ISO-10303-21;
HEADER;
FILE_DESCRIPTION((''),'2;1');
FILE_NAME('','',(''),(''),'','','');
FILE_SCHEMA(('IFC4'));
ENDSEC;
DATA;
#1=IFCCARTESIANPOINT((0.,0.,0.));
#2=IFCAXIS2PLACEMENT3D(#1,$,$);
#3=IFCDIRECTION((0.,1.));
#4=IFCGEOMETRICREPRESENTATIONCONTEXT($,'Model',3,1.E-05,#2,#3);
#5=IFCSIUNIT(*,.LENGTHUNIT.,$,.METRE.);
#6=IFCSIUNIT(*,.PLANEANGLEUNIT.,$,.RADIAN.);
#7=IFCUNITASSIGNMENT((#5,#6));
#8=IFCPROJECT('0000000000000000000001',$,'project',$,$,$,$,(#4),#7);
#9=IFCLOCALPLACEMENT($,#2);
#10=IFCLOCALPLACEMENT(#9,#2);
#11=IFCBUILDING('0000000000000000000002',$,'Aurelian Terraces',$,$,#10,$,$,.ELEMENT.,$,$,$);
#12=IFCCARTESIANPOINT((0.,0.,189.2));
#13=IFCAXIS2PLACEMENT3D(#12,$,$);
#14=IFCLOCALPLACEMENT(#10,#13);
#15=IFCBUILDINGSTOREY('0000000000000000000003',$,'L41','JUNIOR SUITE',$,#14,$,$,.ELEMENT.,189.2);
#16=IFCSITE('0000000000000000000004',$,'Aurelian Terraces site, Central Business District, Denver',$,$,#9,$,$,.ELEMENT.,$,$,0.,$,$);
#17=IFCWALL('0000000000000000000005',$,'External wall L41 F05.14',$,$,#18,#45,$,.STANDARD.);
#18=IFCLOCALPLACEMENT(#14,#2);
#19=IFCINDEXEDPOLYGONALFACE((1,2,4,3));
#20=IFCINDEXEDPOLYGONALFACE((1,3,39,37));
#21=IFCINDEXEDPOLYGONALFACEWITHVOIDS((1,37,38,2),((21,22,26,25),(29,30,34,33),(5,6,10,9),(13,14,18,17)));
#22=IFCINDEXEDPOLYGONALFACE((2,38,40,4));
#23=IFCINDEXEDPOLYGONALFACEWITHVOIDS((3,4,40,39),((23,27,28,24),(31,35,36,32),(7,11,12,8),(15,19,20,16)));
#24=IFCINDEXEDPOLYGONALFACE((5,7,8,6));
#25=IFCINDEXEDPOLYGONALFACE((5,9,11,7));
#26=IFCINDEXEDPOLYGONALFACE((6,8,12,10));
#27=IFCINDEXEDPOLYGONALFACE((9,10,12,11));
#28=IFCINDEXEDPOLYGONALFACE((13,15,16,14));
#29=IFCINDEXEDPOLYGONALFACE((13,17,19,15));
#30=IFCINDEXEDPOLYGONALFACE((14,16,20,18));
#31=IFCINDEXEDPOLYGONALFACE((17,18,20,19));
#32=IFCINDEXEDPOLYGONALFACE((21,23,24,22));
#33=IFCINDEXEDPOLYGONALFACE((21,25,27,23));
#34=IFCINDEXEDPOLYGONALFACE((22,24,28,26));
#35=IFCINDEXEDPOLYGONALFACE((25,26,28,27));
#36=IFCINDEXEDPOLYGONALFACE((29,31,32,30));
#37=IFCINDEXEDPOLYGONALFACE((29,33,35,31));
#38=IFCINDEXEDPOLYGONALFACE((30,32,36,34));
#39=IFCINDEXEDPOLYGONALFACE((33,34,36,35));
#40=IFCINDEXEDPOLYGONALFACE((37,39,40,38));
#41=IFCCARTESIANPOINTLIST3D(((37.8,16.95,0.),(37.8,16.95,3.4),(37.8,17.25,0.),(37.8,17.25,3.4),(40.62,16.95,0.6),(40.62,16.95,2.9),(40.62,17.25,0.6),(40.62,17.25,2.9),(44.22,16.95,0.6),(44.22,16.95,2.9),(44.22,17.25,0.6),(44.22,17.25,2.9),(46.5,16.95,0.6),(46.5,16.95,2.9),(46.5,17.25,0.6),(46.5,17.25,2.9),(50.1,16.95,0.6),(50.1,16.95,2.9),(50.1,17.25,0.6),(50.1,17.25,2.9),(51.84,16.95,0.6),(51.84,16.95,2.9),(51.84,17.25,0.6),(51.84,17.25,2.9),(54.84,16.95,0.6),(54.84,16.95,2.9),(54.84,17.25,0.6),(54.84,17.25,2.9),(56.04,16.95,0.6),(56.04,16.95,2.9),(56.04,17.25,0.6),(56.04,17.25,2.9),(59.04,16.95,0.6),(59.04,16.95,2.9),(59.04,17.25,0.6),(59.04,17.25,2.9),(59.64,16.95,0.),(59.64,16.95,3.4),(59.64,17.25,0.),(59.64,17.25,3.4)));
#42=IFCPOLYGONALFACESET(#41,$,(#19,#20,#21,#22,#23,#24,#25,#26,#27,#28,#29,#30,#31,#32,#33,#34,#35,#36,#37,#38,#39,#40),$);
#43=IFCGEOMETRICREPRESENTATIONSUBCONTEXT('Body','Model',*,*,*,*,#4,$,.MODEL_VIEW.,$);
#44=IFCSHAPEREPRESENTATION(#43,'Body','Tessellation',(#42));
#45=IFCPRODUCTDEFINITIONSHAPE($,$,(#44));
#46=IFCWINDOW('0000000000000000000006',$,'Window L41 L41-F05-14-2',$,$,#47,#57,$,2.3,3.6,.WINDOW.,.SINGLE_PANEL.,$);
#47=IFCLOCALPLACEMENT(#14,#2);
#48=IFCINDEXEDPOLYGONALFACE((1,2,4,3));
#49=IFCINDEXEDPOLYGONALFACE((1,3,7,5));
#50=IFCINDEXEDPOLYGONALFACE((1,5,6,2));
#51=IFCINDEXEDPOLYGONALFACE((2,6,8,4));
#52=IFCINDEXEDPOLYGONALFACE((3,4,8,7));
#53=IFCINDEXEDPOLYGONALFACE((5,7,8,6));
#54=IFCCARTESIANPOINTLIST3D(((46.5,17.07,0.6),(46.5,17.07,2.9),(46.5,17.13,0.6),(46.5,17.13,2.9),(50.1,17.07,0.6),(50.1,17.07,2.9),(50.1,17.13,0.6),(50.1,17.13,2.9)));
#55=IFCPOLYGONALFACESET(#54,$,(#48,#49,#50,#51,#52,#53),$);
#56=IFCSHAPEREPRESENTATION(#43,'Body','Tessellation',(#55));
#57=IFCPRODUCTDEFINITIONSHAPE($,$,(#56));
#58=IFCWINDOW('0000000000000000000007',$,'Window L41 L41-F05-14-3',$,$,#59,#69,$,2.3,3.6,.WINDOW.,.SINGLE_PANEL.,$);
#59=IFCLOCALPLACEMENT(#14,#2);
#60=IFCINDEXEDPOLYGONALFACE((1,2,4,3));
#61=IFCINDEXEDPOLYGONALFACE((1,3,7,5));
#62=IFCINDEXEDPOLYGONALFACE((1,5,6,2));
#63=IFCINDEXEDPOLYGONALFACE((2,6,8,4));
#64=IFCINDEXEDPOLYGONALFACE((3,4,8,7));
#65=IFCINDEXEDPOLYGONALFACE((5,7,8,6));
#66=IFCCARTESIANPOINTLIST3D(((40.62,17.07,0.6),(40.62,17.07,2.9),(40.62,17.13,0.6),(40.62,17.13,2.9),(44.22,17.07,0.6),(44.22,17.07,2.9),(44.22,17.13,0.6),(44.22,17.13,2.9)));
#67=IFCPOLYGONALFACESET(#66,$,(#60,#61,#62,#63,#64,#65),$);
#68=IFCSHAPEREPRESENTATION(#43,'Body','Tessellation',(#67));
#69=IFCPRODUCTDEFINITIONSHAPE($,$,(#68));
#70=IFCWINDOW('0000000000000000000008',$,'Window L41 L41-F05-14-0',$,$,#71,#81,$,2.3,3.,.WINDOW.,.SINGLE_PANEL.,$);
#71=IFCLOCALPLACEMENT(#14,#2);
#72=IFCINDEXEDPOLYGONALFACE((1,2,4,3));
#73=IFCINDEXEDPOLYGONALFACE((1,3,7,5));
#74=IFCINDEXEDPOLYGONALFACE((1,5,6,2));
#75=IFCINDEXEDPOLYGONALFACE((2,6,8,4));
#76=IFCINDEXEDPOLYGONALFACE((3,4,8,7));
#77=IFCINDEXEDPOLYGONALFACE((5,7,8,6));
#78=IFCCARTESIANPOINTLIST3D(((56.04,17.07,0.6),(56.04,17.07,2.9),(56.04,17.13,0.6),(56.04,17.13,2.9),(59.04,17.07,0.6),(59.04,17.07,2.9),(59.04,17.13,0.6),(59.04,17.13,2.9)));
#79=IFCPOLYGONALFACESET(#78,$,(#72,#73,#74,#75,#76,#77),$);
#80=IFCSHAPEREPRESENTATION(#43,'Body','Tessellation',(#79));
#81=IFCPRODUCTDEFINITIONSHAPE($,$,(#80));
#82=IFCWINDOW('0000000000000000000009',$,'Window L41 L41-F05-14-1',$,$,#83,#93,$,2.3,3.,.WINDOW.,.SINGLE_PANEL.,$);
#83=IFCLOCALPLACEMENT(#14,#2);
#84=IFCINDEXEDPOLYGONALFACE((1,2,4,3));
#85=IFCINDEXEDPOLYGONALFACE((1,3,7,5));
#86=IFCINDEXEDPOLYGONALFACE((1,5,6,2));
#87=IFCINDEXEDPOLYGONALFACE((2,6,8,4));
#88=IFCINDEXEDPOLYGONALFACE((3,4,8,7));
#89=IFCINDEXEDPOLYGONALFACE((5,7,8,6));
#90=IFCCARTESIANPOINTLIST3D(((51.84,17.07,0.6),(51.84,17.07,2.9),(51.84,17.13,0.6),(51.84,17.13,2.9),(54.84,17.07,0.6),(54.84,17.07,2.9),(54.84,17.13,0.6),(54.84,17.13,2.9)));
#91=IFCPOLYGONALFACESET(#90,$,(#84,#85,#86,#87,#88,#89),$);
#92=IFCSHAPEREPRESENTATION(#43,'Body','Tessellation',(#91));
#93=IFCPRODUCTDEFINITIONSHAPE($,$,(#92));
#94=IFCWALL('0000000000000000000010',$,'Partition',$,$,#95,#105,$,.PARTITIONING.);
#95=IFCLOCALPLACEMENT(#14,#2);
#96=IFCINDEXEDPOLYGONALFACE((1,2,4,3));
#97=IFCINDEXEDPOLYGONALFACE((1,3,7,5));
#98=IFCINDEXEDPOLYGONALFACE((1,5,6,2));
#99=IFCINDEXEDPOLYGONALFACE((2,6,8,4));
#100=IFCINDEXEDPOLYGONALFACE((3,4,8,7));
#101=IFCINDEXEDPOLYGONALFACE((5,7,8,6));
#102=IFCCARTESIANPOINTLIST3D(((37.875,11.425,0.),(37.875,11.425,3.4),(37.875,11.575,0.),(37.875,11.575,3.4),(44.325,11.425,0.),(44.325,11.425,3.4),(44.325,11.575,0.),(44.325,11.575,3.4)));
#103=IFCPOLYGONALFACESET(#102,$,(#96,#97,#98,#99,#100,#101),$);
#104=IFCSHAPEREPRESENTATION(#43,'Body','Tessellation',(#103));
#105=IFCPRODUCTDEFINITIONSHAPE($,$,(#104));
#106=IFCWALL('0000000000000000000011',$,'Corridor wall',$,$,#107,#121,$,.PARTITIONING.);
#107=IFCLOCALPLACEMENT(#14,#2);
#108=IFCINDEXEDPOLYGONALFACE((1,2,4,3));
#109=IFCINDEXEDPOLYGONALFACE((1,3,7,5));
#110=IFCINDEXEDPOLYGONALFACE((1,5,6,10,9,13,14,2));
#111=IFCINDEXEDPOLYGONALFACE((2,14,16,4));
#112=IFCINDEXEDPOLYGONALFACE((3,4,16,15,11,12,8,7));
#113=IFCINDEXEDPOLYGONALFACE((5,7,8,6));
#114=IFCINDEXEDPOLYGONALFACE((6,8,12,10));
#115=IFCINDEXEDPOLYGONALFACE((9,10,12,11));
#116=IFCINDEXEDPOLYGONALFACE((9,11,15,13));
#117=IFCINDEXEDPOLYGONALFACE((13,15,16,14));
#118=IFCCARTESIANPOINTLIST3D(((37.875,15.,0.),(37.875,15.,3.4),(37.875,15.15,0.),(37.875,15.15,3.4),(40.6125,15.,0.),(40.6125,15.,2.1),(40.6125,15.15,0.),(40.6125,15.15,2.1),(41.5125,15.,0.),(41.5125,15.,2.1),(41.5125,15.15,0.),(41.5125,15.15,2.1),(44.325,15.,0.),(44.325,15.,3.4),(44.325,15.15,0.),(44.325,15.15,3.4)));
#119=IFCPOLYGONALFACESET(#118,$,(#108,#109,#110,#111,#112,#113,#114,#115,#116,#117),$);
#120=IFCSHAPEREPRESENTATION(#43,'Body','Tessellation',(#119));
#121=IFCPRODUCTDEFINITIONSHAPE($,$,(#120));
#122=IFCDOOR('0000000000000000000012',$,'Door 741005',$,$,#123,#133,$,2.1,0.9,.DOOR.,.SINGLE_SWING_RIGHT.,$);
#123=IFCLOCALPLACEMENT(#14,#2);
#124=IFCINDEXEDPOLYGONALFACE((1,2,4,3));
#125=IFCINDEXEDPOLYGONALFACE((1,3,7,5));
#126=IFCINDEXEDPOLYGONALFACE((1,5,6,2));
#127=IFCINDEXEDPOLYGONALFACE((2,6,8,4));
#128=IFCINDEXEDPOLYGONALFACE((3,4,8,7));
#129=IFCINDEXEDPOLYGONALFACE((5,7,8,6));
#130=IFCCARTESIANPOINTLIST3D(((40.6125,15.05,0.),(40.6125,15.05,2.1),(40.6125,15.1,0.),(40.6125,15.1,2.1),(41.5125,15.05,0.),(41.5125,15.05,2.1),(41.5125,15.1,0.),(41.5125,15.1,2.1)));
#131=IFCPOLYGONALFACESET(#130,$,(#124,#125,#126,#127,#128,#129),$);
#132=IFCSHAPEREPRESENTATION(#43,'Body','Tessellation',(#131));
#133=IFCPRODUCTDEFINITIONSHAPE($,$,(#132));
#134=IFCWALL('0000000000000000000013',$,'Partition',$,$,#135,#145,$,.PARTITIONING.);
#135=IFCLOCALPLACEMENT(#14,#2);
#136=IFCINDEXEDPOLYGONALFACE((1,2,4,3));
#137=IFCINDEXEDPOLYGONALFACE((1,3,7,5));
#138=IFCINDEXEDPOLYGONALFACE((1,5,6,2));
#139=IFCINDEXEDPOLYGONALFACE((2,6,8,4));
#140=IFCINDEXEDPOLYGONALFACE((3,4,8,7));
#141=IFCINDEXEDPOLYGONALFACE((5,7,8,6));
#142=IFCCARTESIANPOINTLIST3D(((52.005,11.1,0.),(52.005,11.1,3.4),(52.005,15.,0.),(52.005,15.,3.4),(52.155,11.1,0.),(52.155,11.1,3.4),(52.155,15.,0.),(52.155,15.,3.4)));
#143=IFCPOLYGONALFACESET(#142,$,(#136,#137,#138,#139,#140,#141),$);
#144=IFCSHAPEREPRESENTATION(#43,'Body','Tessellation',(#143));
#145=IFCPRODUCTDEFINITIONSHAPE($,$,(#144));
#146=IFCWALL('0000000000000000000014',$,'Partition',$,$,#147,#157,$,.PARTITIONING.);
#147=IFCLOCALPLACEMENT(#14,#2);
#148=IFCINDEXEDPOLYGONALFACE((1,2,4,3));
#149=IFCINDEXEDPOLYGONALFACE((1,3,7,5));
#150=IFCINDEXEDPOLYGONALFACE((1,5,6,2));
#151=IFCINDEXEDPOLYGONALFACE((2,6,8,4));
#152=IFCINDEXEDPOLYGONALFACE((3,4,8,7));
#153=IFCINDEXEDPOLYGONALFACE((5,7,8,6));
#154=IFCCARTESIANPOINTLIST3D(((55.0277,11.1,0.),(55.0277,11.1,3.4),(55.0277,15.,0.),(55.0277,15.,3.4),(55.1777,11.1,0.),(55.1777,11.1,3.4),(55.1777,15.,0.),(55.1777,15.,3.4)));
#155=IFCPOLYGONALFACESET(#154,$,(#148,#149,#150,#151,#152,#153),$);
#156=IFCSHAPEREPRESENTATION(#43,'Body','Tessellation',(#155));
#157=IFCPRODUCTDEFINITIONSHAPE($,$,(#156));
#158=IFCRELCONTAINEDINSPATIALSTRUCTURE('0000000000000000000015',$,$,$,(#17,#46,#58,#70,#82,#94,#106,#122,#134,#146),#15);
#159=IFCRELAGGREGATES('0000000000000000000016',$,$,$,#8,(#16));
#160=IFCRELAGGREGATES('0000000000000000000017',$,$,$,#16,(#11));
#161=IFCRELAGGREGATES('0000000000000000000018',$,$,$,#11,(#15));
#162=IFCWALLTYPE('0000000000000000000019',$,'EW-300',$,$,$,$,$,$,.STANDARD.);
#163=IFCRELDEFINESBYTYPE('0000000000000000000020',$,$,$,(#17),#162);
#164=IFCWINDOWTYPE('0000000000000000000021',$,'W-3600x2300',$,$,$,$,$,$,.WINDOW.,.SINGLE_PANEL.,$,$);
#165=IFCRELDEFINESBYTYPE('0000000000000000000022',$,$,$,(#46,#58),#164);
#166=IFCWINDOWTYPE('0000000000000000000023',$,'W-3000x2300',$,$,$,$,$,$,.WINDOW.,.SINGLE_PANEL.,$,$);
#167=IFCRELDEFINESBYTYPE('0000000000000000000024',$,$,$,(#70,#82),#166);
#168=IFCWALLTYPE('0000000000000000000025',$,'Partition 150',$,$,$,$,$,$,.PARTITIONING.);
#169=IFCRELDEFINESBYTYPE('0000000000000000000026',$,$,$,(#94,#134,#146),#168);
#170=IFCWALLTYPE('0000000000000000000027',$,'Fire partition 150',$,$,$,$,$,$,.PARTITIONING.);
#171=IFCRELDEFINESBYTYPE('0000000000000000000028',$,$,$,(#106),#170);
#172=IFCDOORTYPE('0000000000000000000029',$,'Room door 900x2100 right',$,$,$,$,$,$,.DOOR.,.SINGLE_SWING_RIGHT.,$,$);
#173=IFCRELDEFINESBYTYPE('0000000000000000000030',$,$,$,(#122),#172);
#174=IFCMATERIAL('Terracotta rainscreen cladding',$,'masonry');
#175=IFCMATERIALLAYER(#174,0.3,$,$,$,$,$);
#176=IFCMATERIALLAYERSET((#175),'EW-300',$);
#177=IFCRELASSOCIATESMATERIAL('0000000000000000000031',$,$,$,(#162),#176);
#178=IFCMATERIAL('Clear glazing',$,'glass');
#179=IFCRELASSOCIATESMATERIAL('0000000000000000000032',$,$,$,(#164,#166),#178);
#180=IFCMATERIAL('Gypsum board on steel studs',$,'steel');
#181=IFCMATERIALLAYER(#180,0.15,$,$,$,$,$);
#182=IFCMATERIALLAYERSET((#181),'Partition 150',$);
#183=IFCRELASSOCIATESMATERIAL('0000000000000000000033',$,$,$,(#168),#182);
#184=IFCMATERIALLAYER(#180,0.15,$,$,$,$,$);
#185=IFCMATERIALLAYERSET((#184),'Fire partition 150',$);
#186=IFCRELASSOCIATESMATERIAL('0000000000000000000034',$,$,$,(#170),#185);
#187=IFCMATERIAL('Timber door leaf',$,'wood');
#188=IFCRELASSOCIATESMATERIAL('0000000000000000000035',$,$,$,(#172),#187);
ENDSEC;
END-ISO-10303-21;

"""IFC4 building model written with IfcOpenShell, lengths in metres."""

from ifc_helpers import new_model, si_unit, direction, frame, frame_2d, origin, place, context, subcontext, project, spatial, rectangle, extrude, source, transform, mapped, material, layer, layer_set, type_object, element, fill, save


model = new_model("IFC4")

# Units and contexts
model_context = context("Model", 3, precision=1e-05, world=origin(), true_north=direction((0.0, 1.0)))
body_context = subcontext(model_context, "Body", "Model", "MODEL_VIEW")
ifc_project = project(units=[si_unit("LENGTHUNIT", "METRE"), si_unit("PLANEANGLEUNIT", "RADIAN")], contexts=[model_context])

# Site, building, storey
site_placement = place(None, origin())
site = spatial("IfcSite", under=ifc_project, at=site_placement, Name="Aurelian Terraces site, Central Business District, Denver", CompositionType="ELEMENT", RefElevation=0.0)
building_placement = place(site_placement, origin())
building = spatial("IfcBuilding", under=site, at=building_placement, Name="Aurelian Terraces", CompositionType="ELEMENT")
storey_placement = place(building_placement, frame((0.0, 0.0, 189.2)))
storey = spatial("IfcBuildingStorey", under=building, at=storey_placement, Name="L41", Description="JUNIOR SUITE", CompositionType="ELEMENT", Elevation=189.2)

# Shared definitions
ifc_material_1 = material(Name="Terracotta rainscreen cladding", Category="masonry")
ifc_layer_1 = layer(ifc_material_1, 0.3)
ifc_layer_set_1 = layer_set([ifc_layer_1], Name="EW-300")
wall_type_1 = type_object("IfcWallType", Name="EW-300", PredefinedType="STANDARD", material=ifc_layer_set_1)
ifc_material_2 = material(Name="Clear glazing", Category="glass")

# Wall, openings, windows
shared_shape_1 = source(origin(), body_context, "Body", "SweptSolid", [
    extrude(rectangle(XDim=21.84, YDim=0.3, at=frame_2d((10.92, 0.0))), origin(), (0.0, 0.0, 1.0), 3.4),
])
wall_1_placement = place(storey_placement, frame((59.64, 17.1, 0.0), z_axis=(0.0, 0.0, 1.0), x_axis=(-1.0, 0.0, 0.0)))
wall_1 = element("IfcWall", 1, at=wall_1_placement, inside=storey, type_object=wall_type_1, Name="External wall L41 F05.14", PredefinedType="STANDARD", context=body_context, shape_type="MappedRepresentation", body=[
    mapped(shared_shape_1, transform((0.0, 0.0, 0.0), scale=1.0)),
])
shared_shape_2 = source(origin(), body_context, "Body", "SweptSolid", [
    extrude(rectangle(XDim=3.0, YDim=2.3, at=frame_2d((1.5, 1.15))), frame((0.0, 0.16, 0.0), z_axis=(0.0, -1.0, 0.0), x_axis=(1.0, 0.0, 0.0)), (0.0, 0.0, 1.0), 0.32),
])
opening_1_placement = place(wall_1_placement, frame((0.6, 0.0, 0.6)))
opening_1 = element("IfcOpeningElement", 2, at=opening_1_placement, cuts=wall_1, PredefinedType="OPENING", context=body_context, shape_type="MappedRepresentation", body=[
    mapped(shared_shape_2, transform((0.0, 0.0, 0.0), scale=1.0)),
])
opening_2_placement = place(wall_1_placement, frame((4.8, 0.0, 0.6)))
opening_2 = element("IfcOpeningElement", 3, at=opening_2_placement, cuts=wall_1, PredefinedType="OPENING", context=body_context, shape_type="MappedRepresentation", body=[
    mapped(shared_shape_2, transform((0.0, 0.0, 0.0), scale=1.0)),
])
shared_shape_3 = source(origin(), body_context, "Body", "SweptSolid", [
    extrude(rectangle(XDim=3.6, YDim=2.3, at=frame_2d((1.8, 1.15))), frame((0.0, 0.16, 0.0), z_axis=(0.0, -1.0, 0.0), x_axis=(1.0, 0.0, 0.0)), (0.0, 0.0, 1.0), 0.32),
])
opening_3_placement = place(wall_1_placement, frame((9.54, 0.0, 0.6)))
opening_3 = element("IfcOpeningElement", 4, at=opening_3_placement, cuts=wall_1, PredefinedType="OPENING", context=body_context, shape_type="MappedRepresentation", body=[
    mapped(shared_shape_3, transform((0.0, 0.0, 0.0), scale=1.0)),
])
opening_4_placement = place(wall_1_placement, frame((15.42, 0.0, 0.6)))
opening_4 = element("IfcOpeningElement", 5, at=opening_4_placement, cuts=wall_1, PredefinedType="OPENING", context=body_context, shape_type="MappedRepresentation", body=[
    mapped(shared_shape_3, transform((0.0, 0.0, 0.0), scale=1.0)),
])
window_type_1 = type_object("IfcWindowType", Name="W-3600x2300", PartitioningType="SINGLE_PANEL", PredefinedType="WINDOW", material=ifc_material_2)
shared_shape_4 = source(origin(), body_context, "Body", "SweptSolid", [
    extrude(rectangle(XDim=3.6, YDim=2.3, at=frame_2d((1.8, 1.15))), frame((0.0, 0.03, 0.0), z_axis=(0.0, -1.0, 0.0), x_axis=(1.0, 0.0, 0.0)), (0.0, 0.0, 1.0), 0.06),
])
window_1_placement = place(opening_3_placement, origin())
window_1 = element("IfcWindow", 6, at=window_1_placement, inside=storey, type_object=window_type_1, Name="Window L41 L41-F05-14-2", OverallHeight=2.3, OverallWidth=3.6, PartitioningType="SINGLE_PANEL", PredefinedType="WINDOW", context=body_context, shape_type="MappedRepresentation", body=[
    mapped(shared_shape_4, transform((0.0, 0.0, 0.0), scale=1.0)),
])
fill(opening_3, window_1)
window_2_placement = place(opening_4_placement, origin())
window_2 = element("IfcWindow", 7, at=window_2_placement, inside=storey, type_object=window_type_1, Name="Window L41 L41-F05-14-3", OverallHeight=2.3, OverallWidth=3.6, PartitioningType="SINGLE_PANEL", PredefinedType="WINDOW", context=body_context, shape_type="MappedRepresentation", body=[
    mapped(shared_shape_4, transform((0.0, 0.0, 0.0), scale=1.0)),
])
fill(opening_4, window_2)
window_type_2 = type_object("IfcWindowType", Name="W-3000x2300", PartitioningType="SINGLE_PANEL", PredefinedType="WINDOW", material=ifc_material_2)
shared_shape_5 = source(origin(), body_context, "Body", "SweptSolid", [
    extrude(rectangle(XDim=3.0, YDim=2.3, at=frame_2d((1.5, 1.15))), frame((0.0, 0.03, 0.0), z_axis=(0.0, -1.0, 0.0), x_axis=(1.0, 0.0, 0.0)), (0.0, 0.0, 1.0), 0.06),
])
window_3_placement = place(opening_1_placement, origin())
window_3 = element("IfcWindow", 8, at=window_3_placement, inside=storey, type_object=window_type_2, Name="Window L41 L41-F05-14-0", OverallHeight=2.3, OverallWidth=3.0, PartitioningType="SINGLE_PANEL", PredefinedType="WINDOW", context=body_context, shape_type="MappedRepresentation", body=[
    mapped(shared_shape_5, transform((0.0, 0.0, 0.0), scale=1.0)),
])
fill(opening_1, window_3)
window_4_placement = place(opening_2_placement, origin())
window_4 = element("IfcWindow", 9, at=window_4_placement, inside=storey, type_object=window_type_2, Name="Window L41 L41-F05-14-1", OverallHeight=2.3, OverallWidth=3.0, PartitioningType="SINGLE_PANEL", PredefinedType="WINDOW", context=body_context, shape_type="MappedRepresentation", body=[
    mapped(shared_shape_5, transform((0.0, 0.0, 0.0), scale=1.0)),
])
fill(opening_2, window_4)

# Wall
ifc_material_3 = material(Name="Gypsum board on steel studs", Category="steel")
ifc_layer_2 = layer(ifc_material_3, 0.15)
ifc_layer_set_2 = layer_set([ifc_layer_2], Name="Partition 150")
wall_type_2 = type_object("IfcWallType", Name="Partition 150", PredefinedType="PARTITIONING", material=ifc_layer_set_2)
shared_shape_6 = source(origin(), body_context, "Body", "SweptSolid", [
    extrude(rectangle(XDim=6.45, YDim=0.15, at=frame_2d((3.225, 0.0))), origin(), (0.0, 0.0, 1.0), 3.4),
])
wall_2_placement = place(storey_placement, frame((37.875, 11.5, 0.0), z_axis=(0.0, 0.0, 1.0), x_axis=(1.0, 0.0, 0.0)))
element("IfcWall", 10, at=wall_2_placement, inside=storey, type_object=wall_type_2, Name="Partition", PredefinedType="PARTITIONING", context=body_context, shape_type="MappedRepresentation", body=[
    mapped(shared_shape_6, transform((0.0, 0.0, 0.0), scale=1.0)),
])

# Wall, opening, door
ifc_layer_3 = layer(ifc_material_3, 0.15)
ifc_layer_set_3 = layer_set([ifc_layer_3], Name="Fire partition 150")
wall_type_3 = type_object("IfcWallType", Name="Fire partition 150", PredefinedType="PARTITIONING", material=ifc_layer_set_3)
wall_3_placement = place(storey_placement, frame((44.325, 15.075, 0.0), z_axis=(0.0, 0.0, 1.0), x_axis=(-1.0, 0.0, 0.0)))
wall_3 = element("IfcWall", 11, at=wall_3_placement, inside=storey, type_object=wall_type_3, Name="Corridor wall", PredefinedType="PARTITIONING", context=body_context, shape_type="MappedRepresentation", body=[
    mapped(shared_shape_6, transform((0.0, 0.0, 0.0), scale=1.0)),
])
shared_shape_7 = source(origin(), body_context, "Body", "SweptSolid", [
    extrude(rectangle(XDim=0.9, YDim=2.1, at=frame_2d((0.45, 1.05))), frame((0.0, 0.085, 0.0), z_axis=(0.0, -1.0, 0.0), x_axis=(1.0, 0.0, 0.0)), (0.0, 0.0, 1.0), 0.17),
])
opening_5_placement = place(wall_3_placement, frame((2.8125, 0.0, 0.0)))
opening_5 = element("IfcOpeningElement", 12, at=opening_5_placement, cuts=wall_3, PredefinedType="OPENING", context=body_context, shape_type="MappedRepresentation", body=[
    mapped(shared_shape_7, transform((0.0, 0.0, 0.0), scale=1.0)),
])
ifc_material_4 = material(Name="Timber door leaf", Category="wood")
door_type_1 = type_object("IfcDoorType", Name="Room door 900x2100 right", OperationType="SINGLE_SWING_RIGHT", PredefinedType="DOOR", material=ifc_material_4)
shared_shape_8 = source(origin(), body_context, "Body", "SweptSolid", [
    extrude(rectangle(XDim=0.9, YDim=2.1, at=frame_2d((0.45, 1.05))), frame((0.0, 0.025, 0.0), z_axis=(0.0, -1.0, 0.0), x_axis=(1.0, 0.0, 0.0)), (0.0, 0.0, 1.0), 0.05),
])
door_1_placement = place(opening_5_placement, origin())
door_1 = element("IfcDoor", 13, at=door_1_placement, inside=storey, type_object=door_type_1, Name="Door 741005", OperationType="SINGLE_SWING_RIGHT", OverallHeight=2.1, OverallWidth=0.9, PredefinedType="DOOR", context=body_context, shape_type="MappedRepresentation", body=[
    mapped(shared_shape_8, transform((0.0, 0.0, 0.0), scale=1.0)),
])
fill(opening_5, door_1)

# Walls
shared_shape_9 = source(origin(), body_context, "Body", "SweptSolid", [
    extrude(rectangle(XDim=3.9, YDim=0.15, at=frame_2d((1.95, 0.0))), origin(), (0.0, 0.0, 1.0), 3.4),
])
for number, where, z_axis, x_axis, name in (
    (14, (52.08, 11.1, 0.0), (0.0, 0.0, 1.0), (0.0, 1.0, 0.0), "Partition"),
    (15, (55.1027, 11.1, 0.0), (0.0, 0.0, 1.0), (0.0, 1.0, 0.0), "Partition"),
):
    element("IfcWall", number, at=place(storey_placement, frame(where, z_axis=z_axis, x_axis=x_axis)), inside=storey, type_object=wall_type_2, Name=name, PredefinedType="PARTITIONING", context=body_context, shape_type="MappedRepresentation", body=[
        mapped(shared_shape_9, transform((0.0, 0.0, 0.0), scale=1.0)),
    ])

save(model, "model.ifc")
